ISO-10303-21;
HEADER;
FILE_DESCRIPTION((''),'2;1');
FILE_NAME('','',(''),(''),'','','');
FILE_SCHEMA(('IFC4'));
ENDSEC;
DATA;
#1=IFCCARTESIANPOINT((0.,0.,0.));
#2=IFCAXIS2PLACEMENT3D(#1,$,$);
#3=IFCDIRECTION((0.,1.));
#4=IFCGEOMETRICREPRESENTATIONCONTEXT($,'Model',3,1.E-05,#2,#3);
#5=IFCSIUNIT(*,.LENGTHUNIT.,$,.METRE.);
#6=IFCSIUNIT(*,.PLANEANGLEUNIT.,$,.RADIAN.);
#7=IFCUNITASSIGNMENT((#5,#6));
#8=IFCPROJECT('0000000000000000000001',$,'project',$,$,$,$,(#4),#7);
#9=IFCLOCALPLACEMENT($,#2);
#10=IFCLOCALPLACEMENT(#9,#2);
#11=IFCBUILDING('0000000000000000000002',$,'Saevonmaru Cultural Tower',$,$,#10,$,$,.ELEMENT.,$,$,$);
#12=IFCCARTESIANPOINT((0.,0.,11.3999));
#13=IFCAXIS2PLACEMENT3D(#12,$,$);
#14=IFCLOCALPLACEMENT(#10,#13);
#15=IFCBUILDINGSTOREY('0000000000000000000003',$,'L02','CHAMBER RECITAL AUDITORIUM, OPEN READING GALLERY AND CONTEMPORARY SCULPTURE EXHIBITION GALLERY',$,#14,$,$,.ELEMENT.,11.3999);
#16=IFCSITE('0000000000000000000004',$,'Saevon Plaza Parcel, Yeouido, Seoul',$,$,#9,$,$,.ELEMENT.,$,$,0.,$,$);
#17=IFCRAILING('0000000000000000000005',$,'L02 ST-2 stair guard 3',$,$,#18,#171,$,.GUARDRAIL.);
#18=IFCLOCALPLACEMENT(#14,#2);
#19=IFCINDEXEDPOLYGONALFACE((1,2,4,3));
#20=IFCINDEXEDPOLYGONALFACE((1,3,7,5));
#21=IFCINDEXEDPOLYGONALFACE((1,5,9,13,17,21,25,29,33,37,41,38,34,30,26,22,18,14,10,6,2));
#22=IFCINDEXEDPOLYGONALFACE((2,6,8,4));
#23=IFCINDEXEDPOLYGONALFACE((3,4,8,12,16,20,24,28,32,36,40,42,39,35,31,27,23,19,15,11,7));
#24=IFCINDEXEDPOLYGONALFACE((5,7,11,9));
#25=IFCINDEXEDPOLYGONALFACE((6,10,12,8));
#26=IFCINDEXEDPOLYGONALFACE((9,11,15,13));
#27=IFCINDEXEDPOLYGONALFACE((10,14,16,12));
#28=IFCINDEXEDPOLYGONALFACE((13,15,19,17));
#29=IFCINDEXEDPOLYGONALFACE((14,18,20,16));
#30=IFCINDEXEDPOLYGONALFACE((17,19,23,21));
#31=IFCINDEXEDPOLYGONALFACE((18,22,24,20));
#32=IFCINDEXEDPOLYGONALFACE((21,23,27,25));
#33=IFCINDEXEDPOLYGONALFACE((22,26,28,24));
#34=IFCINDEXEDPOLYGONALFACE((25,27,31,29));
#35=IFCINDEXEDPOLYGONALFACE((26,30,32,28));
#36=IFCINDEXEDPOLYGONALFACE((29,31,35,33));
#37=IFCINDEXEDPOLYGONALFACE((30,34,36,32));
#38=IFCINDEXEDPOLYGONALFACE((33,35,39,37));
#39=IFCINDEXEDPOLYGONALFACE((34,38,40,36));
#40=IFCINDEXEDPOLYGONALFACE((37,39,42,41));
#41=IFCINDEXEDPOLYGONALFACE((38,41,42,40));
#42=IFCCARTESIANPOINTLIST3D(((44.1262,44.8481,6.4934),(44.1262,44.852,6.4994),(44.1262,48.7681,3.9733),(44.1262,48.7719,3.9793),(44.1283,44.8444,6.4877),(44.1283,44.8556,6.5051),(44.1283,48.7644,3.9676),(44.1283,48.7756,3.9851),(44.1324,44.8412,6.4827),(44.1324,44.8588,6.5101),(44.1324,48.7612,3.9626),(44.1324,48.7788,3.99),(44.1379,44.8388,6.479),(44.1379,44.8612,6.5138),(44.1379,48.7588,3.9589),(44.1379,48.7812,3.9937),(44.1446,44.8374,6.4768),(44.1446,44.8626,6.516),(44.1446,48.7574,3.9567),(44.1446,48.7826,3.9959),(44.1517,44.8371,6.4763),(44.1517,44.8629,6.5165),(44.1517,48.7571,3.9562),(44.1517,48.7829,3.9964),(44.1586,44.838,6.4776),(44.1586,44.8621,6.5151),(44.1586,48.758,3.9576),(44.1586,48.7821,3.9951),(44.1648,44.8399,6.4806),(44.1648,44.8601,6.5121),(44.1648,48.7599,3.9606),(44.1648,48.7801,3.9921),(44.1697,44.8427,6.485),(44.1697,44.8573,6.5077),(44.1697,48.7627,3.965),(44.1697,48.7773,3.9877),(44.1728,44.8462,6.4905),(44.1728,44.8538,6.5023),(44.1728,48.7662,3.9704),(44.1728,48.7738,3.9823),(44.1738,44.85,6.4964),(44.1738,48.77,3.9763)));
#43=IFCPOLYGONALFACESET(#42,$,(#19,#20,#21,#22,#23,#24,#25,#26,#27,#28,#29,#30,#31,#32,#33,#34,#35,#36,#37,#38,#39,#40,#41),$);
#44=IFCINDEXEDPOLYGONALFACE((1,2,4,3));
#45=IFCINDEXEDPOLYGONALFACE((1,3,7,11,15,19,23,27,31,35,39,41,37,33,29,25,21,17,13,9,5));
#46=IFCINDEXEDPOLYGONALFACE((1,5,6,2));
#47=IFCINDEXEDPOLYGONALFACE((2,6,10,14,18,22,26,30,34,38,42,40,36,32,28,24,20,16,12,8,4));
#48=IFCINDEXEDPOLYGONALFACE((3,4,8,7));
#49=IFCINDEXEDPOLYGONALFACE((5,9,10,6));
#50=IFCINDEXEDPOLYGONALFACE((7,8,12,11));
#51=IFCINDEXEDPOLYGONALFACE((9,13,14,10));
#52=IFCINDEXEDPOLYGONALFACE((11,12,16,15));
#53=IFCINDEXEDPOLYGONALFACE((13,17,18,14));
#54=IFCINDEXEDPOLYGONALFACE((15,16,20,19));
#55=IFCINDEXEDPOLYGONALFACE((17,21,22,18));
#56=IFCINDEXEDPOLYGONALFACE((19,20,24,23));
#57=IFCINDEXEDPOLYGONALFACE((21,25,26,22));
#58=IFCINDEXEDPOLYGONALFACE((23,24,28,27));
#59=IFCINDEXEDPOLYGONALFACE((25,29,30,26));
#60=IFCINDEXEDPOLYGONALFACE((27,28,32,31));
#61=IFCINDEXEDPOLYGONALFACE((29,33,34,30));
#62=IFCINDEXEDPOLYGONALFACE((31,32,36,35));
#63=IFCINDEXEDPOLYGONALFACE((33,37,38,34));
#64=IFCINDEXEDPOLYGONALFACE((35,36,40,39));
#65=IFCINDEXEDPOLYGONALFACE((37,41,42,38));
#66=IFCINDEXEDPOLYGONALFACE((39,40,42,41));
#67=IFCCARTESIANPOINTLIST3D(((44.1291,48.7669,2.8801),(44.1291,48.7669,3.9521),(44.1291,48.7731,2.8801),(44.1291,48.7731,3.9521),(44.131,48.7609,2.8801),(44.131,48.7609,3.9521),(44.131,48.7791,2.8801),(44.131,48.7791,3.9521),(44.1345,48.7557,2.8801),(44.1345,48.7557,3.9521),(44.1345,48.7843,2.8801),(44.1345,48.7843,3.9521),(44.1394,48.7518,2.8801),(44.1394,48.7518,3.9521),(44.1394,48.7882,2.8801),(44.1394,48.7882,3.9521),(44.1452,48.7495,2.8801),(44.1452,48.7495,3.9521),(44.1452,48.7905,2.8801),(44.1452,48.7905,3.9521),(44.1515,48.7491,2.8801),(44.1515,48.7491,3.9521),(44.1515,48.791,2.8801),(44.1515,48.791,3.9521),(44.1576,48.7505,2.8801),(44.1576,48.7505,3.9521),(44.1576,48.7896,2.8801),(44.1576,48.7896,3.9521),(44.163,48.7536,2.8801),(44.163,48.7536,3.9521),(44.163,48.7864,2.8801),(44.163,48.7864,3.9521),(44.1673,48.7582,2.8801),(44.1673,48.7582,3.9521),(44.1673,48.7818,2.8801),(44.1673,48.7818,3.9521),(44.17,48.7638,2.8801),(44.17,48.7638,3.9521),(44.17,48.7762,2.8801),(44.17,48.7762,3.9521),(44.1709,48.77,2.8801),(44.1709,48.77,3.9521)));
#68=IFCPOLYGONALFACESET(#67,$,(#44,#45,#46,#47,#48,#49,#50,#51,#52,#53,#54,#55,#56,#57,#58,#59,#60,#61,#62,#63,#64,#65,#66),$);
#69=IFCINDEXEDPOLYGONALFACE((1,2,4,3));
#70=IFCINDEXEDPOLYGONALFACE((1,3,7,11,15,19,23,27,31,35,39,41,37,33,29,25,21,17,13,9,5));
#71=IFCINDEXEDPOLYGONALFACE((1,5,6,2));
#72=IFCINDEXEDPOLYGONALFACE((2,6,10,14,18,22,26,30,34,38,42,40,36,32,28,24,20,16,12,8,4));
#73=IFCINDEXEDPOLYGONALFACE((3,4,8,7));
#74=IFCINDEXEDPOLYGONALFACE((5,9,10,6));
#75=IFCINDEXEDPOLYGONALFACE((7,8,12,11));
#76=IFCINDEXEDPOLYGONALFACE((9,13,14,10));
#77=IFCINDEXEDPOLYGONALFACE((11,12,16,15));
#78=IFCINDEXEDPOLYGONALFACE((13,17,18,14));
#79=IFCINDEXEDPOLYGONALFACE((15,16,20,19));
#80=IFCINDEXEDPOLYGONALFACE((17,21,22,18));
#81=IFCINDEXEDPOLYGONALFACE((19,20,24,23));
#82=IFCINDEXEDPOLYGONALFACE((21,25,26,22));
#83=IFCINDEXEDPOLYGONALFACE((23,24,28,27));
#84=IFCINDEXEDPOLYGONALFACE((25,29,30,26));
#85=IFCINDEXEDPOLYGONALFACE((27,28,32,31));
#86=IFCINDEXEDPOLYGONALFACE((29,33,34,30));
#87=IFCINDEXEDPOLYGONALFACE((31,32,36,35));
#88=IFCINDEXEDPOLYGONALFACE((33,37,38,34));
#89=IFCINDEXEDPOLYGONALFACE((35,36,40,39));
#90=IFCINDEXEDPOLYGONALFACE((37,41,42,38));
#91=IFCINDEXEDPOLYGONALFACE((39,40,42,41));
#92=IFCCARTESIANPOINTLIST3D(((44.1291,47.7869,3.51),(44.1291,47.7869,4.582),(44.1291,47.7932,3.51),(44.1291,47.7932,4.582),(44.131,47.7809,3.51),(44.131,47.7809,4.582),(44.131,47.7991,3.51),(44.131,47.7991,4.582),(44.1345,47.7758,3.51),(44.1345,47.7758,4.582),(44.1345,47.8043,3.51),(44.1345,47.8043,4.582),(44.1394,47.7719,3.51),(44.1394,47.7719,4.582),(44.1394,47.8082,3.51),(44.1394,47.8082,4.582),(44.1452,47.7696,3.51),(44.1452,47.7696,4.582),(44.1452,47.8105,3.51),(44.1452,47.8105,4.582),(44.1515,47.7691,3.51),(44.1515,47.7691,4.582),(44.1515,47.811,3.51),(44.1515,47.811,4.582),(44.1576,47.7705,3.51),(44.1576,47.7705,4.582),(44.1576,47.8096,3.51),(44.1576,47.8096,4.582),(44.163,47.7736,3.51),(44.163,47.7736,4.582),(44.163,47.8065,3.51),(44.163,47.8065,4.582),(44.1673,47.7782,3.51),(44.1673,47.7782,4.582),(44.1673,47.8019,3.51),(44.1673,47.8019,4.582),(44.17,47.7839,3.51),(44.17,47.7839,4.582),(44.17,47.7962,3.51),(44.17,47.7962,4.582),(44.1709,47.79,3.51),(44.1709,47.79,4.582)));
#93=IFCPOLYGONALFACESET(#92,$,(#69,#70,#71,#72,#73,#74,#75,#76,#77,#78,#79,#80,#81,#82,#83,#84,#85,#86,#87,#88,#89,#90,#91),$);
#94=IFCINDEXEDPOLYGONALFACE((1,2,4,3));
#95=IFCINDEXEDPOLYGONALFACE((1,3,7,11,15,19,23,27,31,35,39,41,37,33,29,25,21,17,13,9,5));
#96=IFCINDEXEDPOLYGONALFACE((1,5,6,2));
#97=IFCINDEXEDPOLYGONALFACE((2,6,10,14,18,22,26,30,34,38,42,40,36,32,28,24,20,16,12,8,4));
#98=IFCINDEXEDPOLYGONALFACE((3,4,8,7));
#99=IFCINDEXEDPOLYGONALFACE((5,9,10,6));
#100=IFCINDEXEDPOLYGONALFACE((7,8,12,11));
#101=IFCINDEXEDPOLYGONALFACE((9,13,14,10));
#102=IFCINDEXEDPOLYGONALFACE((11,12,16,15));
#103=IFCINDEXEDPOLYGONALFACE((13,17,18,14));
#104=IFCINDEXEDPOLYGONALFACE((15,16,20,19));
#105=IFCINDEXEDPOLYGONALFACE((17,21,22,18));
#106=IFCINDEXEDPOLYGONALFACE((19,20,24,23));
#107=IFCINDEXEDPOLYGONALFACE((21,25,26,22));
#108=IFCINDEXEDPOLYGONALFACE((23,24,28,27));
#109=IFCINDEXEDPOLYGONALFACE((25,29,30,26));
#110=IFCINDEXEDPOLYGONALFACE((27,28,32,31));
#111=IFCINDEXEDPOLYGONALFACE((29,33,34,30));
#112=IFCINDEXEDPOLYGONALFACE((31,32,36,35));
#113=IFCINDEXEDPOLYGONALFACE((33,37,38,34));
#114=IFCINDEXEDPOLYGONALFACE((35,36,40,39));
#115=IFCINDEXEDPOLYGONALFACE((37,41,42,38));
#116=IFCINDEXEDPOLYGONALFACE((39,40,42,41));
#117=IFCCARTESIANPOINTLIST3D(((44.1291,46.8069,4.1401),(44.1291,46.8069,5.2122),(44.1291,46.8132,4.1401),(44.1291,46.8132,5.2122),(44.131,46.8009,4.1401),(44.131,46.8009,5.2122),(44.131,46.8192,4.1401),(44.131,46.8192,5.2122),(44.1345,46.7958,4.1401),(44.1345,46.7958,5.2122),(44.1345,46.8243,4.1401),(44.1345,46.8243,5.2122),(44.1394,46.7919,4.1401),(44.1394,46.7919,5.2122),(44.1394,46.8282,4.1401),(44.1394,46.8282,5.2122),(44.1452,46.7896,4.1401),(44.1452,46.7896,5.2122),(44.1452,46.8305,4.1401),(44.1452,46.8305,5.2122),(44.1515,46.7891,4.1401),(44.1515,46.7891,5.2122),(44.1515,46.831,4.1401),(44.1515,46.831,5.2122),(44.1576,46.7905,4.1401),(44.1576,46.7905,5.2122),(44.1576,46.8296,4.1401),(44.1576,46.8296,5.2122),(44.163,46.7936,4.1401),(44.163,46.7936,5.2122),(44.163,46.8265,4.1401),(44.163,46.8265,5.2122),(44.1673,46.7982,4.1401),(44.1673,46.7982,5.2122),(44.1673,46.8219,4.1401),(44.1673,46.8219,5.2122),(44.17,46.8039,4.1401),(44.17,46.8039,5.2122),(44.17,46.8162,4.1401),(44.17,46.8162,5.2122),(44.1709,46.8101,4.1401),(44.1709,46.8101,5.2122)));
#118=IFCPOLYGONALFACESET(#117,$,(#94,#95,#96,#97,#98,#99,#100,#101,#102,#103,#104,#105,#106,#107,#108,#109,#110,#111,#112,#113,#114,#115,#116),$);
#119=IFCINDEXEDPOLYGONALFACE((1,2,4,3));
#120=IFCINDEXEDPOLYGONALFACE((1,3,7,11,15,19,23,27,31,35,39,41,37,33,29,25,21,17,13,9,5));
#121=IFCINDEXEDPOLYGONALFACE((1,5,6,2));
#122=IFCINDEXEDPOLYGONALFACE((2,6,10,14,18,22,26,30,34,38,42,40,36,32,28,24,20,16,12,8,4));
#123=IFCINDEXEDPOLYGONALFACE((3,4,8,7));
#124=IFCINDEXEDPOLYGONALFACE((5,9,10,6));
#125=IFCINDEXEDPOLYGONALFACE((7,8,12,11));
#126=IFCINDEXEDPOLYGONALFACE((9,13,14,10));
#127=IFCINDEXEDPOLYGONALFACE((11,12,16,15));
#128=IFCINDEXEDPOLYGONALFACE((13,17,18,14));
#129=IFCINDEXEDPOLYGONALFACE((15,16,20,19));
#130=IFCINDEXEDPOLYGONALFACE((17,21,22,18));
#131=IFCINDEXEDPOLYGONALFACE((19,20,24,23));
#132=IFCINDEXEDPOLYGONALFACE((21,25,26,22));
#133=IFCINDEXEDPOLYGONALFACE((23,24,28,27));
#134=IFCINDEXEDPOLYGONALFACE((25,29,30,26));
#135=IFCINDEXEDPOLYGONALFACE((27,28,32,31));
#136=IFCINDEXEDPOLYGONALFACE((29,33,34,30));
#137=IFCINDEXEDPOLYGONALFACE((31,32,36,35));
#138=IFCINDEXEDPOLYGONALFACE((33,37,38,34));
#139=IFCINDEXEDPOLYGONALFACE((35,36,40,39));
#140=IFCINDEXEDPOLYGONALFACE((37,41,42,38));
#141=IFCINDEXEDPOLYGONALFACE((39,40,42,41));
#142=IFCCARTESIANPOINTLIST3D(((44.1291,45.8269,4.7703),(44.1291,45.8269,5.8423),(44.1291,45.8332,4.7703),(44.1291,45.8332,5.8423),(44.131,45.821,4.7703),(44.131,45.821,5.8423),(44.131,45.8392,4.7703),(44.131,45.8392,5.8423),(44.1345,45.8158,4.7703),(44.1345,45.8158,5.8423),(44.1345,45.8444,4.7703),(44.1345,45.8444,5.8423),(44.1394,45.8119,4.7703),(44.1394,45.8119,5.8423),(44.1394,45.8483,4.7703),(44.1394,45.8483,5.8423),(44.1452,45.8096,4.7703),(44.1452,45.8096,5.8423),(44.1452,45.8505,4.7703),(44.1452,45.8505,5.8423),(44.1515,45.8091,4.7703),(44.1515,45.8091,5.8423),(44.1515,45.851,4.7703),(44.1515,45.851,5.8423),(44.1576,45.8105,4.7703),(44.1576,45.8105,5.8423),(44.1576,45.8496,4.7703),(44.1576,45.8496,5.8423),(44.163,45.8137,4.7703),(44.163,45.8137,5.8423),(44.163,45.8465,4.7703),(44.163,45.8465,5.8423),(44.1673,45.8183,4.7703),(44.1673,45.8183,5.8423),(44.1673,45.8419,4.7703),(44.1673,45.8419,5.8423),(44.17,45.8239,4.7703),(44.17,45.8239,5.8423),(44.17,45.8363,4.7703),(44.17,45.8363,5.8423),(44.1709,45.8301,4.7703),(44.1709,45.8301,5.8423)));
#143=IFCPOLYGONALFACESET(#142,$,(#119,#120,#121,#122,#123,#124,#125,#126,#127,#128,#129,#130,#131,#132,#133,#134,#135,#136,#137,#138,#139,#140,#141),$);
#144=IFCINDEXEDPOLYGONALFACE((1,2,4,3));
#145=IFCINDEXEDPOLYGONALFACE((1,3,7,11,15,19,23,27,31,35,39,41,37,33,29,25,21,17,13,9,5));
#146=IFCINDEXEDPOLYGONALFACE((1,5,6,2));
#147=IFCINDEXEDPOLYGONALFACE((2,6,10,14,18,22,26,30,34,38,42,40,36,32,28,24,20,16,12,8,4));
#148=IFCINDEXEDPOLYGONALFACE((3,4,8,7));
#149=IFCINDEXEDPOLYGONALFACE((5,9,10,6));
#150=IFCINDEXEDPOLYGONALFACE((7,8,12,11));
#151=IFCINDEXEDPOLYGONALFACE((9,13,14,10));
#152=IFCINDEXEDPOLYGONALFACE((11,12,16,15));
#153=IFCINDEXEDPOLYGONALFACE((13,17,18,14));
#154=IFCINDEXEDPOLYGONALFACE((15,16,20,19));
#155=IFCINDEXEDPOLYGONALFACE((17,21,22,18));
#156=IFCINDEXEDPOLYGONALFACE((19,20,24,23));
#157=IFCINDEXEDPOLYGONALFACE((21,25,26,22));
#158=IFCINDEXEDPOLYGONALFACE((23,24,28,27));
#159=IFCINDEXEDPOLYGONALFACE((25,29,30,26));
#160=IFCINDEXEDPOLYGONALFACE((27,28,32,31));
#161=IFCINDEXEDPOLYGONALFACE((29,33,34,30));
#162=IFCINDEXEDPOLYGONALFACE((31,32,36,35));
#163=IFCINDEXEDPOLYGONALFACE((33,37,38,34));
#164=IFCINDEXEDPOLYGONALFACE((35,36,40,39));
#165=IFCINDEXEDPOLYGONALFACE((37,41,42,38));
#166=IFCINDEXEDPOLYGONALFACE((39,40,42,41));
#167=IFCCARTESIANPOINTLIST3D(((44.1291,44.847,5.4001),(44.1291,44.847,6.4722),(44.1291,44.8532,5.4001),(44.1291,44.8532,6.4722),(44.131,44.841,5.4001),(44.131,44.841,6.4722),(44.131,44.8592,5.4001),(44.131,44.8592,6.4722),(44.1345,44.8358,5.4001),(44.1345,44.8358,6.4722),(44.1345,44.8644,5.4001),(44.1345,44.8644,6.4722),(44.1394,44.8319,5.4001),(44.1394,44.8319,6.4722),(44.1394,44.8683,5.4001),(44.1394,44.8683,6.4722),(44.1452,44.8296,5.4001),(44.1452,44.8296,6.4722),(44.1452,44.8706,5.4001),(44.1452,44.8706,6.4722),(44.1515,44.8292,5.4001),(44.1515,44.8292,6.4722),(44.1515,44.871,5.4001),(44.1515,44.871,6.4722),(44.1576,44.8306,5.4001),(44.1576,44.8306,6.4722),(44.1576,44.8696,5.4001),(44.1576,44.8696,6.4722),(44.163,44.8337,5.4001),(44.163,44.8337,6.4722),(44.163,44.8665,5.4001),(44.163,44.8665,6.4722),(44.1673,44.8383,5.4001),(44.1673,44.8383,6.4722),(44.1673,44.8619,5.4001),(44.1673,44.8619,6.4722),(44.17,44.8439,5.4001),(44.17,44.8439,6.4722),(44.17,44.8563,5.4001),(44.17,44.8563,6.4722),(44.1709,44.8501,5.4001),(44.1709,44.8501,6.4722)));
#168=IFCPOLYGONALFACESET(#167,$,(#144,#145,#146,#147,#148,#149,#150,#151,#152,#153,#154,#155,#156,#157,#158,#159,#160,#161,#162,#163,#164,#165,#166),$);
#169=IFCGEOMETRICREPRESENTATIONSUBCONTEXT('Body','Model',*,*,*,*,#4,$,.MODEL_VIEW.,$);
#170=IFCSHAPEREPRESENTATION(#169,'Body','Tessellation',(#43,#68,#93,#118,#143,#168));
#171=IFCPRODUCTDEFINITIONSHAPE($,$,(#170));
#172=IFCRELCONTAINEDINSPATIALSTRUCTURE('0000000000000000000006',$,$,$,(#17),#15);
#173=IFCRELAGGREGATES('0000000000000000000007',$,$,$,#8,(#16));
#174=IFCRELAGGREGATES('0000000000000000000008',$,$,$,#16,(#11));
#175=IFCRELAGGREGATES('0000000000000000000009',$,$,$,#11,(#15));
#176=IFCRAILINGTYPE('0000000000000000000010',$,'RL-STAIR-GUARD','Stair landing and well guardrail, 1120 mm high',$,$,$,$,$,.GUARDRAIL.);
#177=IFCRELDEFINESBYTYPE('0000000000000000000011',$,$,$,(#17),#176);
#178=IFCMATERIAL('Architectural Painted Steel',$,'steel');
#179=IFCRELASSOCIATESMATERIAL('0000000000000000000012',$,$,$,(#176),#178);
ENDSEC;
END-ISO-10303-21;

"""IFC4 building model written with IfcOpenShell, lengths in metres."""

from ifc_helpers import new_model, si_unit, direction, frame, origin, origin_2d, place, context, subcontext, project, spatial, circle, extrude, material, type_object, element, save


model = new_model("IFC4")

# Units and contexts
model_context = context("Model", 3, precision=1e-05, world=origin(), true_north=direction((0.0, 1.0)))
body_context = subcontext(model_context, "Body", "Model", "MODEL_VIEW")
ifc_project = project(units=[si_unit("LENGTHUNIT", "METRE"), si_unit("PLANEANGLEUNIT", "RADIAN")], contexts=[model_context])

# Site, building, storey
site_placement = place(None, origin())
site = spatial("IfcSite", under=ifc_project, at=site_placement, Name="Saevon Plaza Parcel, Yeouido, Seoul", CompositionType="ELEMENT", RefElevation=0.0)
building_placement = place(site_placement, origin())
building = spatial("IfcBuilding", under=site, at=building_placement, Name="Saevonmaru Cultural Tower", CompositionType="ELEMENT")
storey_placement = place(building_placement, frame((0.0, 0.0, 11.3999)))
storey = spatial("IfcBuildingStorey", under=building, at=storey_placement, Name="L02", Description="CHAMBER RECITAL AUDITORIUM, OPEN READING GALLERY AND CONTEMPORARY SCULPTURE EXHIBITION GALLERY", CompositionType="ELEMENT", Elevation=11.3999)

# Railing
ifc_material_1 = material(Name="Architectural Painted Steel", Category="steel")
railing_type_1 = type_object("IfcRailingType", Name="RL-STAIR-GUARD", Description="Stair landing and well guardrail, 1120 mm high", PredefinedType="GUARDRAIL", material=ifc_material_1)
railing_1_placement = place(storey_placement, frame((44.1499, 48.77, 2.8801)))
element("IfcRailing", 1, at=railing_1_placement, inside=storey, type_object=railing_type_1, Name="L02 ST-2 stair guard 3", PredefinedType="GUARDRAIL", context=body_context, shape_type="SweptSolid", body=[
    extrude(circle(Radius=0.0239, at=origin_2d()), frame((0.0, 0.0, 1.0962), z_axis=(0.0, -0.841172, 0.540768), x_axis=(1.0, 0.0, 0.0)), (0.0, 0.0, 1.0), 4.6602),
    extrude(circle(Radius=0.021, at=origin_2d()), origin(), (0.0, 0.0, 1.0), 1.072),
    extrude(circle(Radius=0.021, at=origin_2d()), frame((0.0, -0.98, 0.6299)), (0.0, 0.0, 1.0), 1.072),
    extrude(circle(Radius=0.021, at=origin_2d()), frame((0.0, -1.96, 1.26)), (0.0, 0.0, 1.0), 1.072),
    extrude(circle(Radius=0.021, at=origin_2d()), frame((0.0, -2.9399, 1.8901)), (0.0, 0.0, 1.0), 1.072),
    extrude(circle(Radius=0.021, at=origin_2d()), frame((0.0, -3.9199, 2.52)), (0.0, 0.0, 1.0), 1.072),
])

save(model, "model.ifc")
